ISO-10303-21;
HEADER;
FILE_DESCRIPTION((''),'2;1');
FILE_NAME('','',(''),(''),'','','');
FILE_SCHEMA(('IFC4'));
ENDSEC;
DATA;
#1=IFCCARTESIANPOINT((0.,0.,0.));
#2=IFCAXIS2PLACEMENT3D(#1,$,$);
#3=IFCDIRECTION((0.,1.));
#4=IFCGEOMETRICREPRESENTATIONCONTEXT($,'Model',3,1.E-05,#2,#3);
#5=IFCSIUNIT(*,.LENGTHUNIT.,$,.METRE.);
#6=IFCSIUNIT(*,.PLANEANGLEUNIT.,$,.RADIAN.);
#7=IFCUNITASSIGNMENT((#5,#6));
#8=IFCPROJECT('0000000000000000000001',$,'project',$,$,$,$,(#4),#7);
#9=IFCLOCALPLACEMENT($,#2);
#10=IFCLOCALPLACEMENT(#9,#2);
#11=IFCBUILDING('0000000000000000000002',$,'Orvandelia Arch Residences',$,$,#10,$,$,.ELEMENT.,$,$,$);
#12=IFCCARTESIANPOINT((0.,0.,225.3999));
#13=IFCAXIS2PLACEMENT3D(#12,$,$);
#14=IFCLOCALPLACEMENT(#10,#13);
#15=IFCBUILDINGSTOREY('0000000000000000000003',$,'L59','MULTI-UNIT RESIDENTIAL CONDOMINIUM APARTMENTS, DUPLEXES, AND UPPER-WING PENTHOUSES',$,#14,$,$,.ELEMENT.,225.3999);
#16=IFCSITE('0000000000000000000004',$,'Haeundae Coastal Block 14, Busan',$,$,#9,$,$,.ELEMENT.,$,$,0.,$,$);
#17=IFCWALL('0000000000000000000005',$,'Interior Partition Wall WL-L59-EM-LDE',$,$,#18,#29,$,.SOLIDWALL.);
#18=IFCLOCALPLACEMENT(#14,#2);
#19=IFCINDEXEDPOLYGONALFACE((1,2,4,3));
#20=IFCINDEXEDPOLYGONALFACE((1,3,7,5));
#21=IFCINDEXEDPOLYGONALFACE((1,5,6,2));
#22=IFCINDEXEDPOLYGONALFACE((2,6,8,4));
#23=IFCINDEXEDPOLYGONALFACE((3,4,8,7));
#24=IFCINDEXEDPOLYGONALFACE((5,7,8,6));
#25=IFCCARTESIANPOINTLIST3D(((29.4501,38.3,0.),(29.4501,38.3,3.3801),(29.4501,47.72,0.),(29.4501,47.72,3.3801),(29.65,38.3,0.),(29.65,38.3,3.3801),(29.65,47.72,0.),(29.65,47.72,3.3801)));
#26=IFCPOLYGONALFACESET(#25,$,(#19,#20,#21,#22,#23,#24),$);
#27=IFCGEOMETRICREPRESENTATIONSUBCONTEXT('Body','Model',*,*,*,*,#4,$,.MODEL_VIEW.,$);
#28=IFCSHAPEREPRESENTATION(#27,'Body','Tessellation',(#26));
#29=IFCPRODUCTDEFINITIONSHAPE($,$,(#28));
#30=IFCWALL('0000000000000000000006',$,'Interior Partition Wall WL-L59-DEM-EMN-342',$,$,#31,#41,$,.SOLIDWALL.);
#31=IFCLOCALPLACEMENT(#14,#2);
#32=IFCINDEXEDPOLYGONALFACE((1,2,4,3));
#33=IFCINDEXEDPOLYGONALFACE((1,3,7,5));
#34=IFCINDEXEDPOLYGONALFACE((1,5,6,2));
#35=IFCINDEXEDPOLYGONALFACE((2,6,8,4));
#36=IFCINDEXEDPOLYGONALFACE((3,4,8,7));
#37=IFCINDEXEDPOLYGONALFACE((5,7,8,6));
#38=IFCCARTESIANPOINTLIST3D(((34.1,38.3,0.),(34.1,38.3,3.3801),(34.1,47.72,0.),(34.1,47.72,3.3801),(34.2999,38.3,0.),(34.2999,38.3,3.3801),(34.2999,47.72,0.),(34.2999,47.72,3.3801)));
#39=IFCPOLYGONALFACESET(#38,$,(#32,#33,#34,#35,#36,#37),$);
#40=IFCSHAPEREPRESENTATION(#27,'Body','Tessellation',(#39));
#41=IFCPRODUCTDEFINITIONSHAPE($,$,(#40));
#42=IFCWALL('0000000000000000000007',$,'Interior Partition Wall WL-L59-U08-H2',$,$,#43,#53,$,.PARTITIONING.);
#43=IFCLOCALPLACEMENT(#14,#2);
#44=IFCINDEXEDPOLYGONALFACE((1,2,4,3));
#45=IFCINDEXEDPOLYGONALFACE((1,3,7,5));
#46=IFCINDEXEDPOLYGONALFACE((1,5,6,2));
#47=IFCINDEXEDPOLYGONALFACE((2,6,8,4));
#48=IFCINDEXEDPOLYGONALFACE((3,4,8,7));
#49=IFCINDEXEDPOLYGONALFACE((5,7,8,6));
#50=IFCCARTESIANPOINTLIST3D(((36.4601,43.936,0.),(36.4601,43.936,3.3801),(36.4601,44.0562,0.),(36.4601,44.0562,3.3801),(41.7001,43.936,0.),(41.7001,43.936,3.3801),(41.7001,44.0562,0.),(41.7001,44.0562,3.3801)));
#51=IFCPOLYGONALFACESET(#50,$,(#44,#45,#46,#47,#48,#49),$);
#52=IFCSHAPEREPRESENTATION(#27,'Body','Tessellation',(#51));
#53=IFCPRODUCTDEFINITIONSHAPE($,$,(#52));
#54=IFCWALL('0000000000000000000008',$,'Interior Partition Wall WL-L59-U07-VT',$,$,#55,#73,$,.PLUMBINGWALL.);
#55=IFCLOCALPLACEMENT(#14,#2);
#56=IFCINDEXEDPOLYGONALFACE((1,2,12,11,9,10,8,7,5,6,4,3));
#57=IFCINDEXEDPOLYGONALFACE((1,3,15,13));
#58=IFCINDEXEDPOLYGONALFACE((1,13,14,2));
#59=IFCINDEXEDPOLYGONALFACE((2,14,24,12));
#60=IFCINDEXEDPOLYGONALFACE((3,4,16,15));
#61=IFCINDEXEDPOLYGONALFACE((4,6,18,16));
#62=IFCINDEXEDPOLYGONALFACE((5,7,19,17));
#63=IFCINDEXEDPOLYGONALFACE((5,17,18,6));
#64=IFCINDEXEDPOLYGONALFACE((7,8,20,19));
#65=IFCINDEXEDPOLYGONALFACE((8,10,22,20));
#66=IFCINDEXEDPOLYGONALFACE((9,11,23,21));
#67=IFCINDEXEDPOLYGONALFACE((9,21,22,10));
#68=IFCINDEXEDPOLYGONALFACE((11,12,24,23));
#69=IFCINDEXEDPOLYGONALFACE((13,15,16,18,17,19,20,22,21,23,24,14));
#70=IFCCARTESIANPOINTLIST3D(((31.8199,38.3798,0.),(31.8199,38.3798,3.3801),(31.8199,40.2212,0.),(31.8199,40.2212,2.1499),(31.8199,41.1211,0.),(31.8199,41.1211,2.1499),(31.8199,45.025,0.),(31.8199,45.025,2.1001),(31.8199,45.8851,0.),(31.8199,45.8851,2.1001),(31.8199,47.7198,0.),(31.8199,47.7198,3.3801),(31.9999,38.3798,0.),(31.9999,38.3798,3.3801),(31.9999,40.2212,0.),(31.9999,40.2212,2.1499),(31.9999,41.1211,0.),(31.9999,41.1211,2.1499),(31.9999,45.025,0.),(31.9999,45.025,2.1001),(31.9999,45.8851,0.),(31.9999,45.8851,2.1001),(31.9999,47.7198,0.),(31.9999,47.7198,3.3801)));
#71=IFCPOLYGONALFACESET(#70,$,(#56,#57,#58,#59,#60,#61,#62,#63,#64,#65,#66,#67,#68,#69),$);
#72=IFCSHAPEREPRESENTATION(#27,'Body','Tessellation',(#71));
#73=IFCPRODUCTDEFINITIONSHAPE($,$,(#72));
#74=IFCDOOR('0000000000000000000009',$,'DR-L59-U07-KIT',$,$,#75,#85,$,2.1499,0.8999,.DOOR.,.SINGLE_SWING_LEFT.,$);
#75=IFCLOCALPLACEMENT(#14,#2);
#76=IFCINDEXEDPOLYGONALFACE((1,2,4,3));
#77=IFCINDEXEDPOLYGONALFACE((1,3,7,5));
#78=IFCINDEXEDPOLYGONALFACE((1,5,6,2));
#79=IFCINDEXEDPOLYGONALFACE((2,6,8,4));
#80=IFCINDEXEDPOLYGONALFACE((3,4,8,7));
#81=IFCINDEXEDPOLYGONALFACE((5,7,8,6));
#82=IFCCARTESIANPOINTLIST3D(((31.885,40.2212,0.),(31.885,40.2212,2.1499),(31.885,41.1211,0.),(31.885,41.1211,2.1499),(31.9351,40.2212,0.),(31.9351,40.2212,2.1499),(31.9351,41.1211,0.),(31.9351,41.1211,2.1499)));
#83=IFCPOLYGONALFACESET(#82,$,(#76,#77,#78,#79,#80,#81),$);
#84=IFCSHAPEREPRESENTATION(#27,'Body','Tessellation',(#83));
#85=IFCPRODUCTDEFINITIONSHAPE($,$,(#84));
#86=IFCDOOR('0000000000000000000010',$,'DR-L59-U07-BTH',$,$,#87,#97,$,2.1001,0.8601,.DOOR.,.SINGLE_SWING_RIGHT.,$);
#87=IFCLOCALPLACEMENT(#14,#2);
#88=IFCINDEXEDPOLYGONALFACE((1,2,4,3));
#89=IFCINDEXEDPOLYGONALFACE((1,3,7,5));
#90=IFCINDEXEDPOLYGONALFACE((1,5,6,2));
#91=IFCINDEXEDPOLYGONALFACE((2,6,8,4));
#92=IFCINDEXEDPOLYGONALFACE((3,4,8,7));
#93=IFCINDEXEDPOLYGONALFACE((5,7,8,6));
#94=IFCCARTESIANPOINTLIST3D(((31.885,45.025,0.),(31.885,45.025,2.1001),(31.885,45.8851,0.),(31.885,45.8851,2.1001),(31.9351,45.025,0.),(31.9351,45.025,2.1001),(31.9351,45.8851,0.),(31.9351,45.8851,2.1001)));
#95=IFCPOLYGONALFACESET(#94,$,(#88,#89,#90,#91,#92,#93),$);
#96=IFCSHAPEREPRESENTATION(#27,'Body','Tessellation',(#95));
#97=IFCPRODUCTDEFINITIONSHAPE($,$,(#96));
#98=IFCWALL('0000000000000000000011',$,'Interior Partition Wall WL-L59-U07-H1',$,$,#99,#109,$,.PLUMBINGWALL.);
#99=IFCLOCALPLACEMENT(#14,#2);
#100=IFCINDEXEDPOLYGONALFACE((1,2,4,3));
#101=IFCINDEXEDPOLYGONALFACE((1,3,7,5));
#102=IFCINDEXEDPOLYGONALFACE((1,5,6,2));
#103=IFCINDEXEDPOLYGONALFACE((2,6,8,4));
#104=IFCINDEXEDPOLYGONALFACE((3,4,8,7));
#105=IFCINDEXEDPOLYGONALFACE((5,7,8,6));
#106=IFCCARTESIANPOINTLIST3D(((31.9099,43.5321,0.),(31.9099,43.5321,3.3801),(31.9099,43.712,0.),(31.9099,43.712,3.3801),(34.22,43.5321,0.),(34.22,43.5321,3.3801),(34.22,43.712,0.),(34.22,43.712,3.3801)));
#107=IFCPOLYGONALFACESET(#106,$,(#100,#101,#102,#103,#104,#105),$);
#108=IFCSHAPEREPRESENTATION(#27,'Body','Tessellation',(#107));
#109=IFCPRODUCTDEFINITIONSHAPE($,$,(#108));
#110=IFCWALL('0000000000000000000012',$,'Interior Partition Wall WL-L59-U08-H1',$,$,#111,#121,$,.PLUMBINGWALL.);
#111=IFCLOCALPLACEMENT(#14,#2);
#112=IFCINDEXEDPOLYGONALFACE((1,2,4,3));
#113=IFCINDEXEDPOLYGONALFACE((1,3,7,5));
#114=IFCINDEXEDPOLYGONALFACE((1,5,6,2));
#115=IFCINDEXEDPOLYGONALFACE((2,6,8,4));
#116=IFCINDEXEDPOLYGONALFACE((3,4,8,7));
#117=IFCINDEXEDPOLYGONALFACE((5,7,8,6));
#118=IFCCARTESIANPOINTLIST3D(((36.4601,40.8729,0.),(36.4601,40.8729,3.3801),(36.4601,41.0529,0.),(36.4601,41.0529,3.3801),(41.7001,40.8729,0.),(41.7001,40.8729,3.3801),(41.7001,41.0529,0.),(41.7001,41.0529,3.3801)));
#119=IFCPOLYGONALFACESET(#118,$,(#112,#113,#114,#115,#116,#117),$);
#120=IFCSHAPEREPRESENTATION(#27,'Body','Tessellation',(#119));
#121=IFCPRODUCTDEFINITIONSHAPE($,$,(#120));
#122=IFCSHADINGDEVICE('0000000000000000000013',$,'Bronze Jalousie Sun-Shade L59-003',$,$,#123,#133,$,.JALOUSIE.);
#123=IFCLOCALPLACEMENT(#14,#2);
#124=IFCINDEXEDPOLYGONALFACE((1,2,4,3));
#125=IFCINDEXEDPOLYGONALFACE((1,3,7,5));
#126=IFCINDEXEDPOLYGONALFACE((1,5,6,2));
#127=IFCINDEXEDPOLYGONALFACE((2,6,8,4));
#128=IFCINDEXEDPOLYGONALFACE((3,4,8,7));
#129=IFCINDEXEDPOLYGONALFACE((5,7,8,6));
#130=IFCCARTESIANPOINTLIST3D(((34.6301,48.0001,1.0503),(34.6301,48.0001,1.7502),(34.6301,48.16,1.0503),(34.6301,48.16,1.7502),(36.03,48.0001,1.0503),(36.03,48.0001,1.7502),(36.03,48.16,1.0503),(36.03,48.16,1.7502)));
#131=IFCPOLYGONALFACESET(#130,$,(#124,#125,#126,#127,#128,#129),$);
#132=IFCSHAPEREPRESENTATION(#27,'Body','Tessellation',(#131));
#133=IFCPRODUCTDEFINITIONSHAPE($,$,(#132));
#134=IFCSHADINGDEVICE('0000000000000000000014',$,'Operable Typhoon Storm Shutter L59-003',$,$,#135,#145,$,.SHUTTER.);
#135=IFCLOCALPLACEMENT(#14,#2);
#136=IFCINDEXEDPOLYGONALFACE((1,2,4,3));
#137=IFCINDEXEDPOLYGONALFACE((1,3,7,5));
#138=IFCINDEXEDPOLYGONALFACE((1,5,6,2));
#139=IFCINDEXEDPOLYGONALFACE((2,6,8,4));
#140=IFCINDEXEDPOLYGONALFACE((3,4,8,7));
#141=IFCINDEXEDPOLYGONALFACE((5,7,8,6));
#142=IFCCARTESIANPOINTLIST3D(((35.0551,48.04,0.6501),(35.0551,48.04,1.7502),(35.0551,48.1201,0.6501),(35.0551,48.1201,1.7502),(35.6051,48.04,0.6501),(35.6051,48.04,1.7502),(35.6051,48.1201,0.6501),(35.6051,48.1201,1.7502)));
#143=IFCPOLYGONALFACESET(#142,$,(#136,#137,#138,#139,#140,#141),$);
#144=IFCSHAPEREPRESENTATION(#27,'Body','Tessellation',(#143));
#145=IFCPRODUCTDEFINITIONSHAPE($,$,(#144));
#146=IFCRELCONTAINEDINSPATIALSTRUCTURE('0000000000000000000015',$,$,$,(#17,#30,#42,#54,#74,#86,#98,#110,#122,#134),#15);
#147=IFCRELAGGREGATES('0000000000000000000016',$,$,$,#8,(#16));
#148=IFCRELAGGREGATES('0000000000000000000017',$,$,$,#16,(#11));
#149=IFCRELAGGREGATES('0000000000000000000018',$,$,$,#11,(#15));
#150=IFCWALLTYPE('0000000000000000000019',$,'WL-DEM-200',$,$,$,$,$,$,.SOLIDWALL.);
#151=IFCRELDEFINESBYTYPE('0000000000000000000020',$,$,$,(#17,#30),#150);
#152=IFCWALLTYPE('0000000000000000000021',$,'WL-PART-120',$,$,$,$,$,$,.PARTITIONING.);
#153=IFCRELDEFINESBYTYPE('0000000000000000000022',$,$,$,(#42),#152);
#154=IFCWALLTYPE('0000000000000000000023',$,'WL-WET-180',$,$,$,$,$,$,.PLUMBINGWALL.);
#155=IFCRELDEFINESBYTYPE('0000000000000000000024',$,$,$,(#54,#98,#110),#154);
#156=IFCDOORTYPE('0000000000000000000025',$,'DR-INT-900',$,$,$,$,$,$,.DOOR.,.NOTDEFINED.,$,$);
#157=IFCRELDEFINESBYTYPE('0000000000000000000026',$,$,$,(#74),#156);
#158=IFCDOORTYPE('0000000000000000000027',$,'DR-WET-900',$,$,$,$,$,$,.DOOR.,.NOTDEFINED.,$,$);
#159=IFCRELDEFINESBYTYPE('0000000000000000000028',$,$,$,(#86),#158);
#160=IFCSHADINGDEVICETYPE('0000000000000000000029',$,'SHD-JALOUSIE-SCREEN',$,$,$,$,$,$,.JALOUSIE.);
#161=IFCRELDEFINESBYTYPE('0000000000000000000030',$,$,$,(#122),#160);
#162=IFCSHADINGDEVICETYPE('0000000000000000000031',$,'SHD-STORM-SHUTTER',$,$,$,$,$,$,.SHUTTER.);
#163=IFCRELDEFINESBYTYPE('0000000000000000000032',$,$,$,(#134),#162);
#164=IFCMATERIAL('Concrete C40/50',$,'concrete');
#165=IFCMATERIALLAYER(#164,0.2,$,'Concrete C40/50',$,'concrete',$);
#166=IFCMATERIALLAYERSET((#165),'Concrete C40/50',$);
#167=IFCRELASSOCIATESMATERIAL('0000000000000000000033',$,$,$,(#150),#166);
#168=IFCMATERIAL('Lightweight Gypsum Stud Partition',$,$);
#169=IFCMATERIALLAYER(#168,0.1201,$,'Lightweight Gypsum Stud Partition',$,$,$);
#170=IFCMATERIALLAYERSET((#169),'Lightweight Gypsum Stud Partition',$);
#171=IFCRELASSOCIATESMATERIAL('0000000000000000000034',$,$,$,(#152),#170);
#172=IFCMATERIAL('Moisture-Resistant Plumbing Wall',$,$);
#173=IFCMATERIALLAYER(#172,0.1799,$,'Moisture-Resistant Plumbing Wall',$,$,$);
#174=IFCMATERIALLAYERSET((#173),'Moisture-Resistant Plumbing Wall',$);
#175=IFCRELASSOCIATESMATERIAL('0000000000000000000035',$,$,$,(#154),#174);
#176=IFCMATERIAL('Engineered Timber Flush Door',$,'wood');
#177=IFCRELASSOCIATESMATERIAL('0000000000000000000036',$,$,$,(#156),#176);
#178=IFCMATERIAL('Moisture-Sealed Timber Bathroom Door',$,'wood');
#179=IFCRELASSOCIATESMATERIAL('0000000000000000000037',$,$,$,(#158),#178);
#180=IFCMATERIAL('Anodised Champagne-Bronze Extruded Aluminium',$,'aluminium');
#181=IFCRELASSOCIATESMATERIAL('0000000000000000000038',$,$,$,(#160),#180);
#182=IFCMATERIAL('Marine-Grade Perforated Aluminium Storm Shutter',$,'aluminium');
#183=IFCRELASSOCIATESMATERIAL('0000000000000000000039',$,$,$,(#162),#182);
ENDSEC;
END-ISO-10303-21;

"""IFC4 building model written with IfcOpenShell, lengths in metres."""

from ifc_helpers import new_model, si_unit, direction, frame, frame_2d, origin, origin_2d, place, context, subcontext, project, spatial, rectangle, extrude, material, layer, layer_set, type_object, element, fill, save


model = new_model("IFC4")

# Units and contexts
model_context = context("Model", 3, precision=1e-05, world=origin(), true_north=direction((0.0, 1.0)))
body_context = subcontext(model_context, "Body", "Model", "MODEL_VIEW")
ifc_project = project(units=[si_unit("LENGTHUNIT", "METRE"), si_unit("PLANEANGLEUNIT", "RADIAN")], contexts=[model_context])

# Site, building, storey
site_placement = place(None, origin())
site = spatial("IfcSite", under=ifc_project, at=site_placement, Name="Haeundae Coastal Block 14, Busan", CompositionType="ELEMENT", RefElevation=0.0)
building_placement = place(site_placement, origin())
building = spatial("IfcBuilding", under=site, at=building_placement, Name="Orvandelia Arch Residences", CompositionType="ELEMENT")
storey_placement = place(building_placement, frame((0.0, 0.0, 225.3999)))
storey = spatial("IfcBuildingStorey", under=building, at=storey_placement, Name="L59", Description="MULTI-UNIT RESIDENTIAL CONDOMINIUM APARTMENTS, DUPLEXES, AND UPPER-WING PENTHOUSES", CompositionType="ELEMENT", Elevation=225.3999)

# Walls
ifc_material_1 = material(Name="Concrete C40/50", Category="concrete")
ifc_layer_1 = layer(ifc_material_1, 0.2, Name="Concrete C40/50", Category="concrete")
ifc_layer_set_1 = layer_set([ifc_layer_1], Name="Concrete C40/50")
wall_type_1 = type_object("IfcWallType", Name="WL-DEM-200", PredefinedType="SOLIDWALL", material=ifc_layer_set_1)
for number, where, z_axis, x_axis, name in (
    (1, (29.55, 38.3, 0.0), (0.0, 0.0, 1.0), (0.0, 1.0, 0.0), "Interior Partition Wall WL-L59-EM-LDE"),
    (2, (34.2, 38.3, 0.0), (0.0, 0.0, 1.0), (0.0, 1.0, 0.0), "Interior Partition Wall WL-L59-DEM-EMN-342"),
):
    element("IfcWall", number, at=place(storey_placement, frame(where, z_axis=z_axis, x_axis=x_axis)), inside=storey, type_object=wall_type_1, Name=name, PredefinedType="SOLIDWALL", context=body_context, shape_type="SweptSolid", body=[
        extrude(rectangle(XDim=9.4199, YDim=0.2, at=frame_2d((4.71, 0.0))), origin(), (0.0, 0.0, 1.0), 3.3801),
    ])
ifc_material_2 = material(Name="Lightweight Gypsum Stud Partition")
ifc_layer_2 = layer(ifc_material_2, 0.1201, Name="Lightweight Gypsum Stud Partition")
ifc_layer_set_2 = layer_set([ifc_layer_2], Name="Lightweight Gypsum Stud Partition")
wall_type_2 = type_object("IfcWallType", Name="WL-PART-120", PredefinedType="PARTITIONING", material=ifc_layer_set_2)
wall_1_placement = place(storey_placement, frame((36.46, 43.9961, 0.0), z_axis=(0.0, 0.0, 1.0), x_axis=(1.0, 0.0, 0.0)))
element("IfcWall", 3, at=wall_1_placement, inside=storey, type_object=wall_type_2, Name="Interior Partition Wall WL-L59-U08-H2", PredefinedType="PARTITIONING", context=body_context, shape_type="SweptSolid", body=[
    extrude(rectangle(XDim=5.24, YDim=0.1201, at=frame_2d((2.6201, 0.0))), origin(), (0.0, 0.0, 1.0), 3.3801),
])

# Wall, openings, doors
ifc_material_3 = material(Name="Moisture-Resistant Plumbing Wall")
ifc_layer_3 = layer(ifc_material_3, 0.1799, Name="Moisture-Resistant Plumbing Wall")
ifc_layer_set_3 = layer_set([ifc_layer_3], Name="Moisture-Resistant Plumbing Wall")
wall_type_3 = type_object("IfcWallType", Name="WL-WET-180", PredefinedType="PLUMBINGWALL", material=ifc_layer_set_3)
wall_2_placement = place(storey_placement, frame((31.9099, 38.3799, 0.0), z_axis=(0.0, 0.0, 1.0), x_axis=(0.0, 1.0, 0.0)))
wall_2 = element("IfcWall", 4, at=wall_2_placement, inside=storey, type_object=wall_type_3, Name="Interior Partition Wall WL-L59-U07-VT", PredefinedType="PLUMBINGWALL", context=body_context, shape_type="SweptSolid", body=[
    extrude(rectangle(XDim=9.3401, YDim=0.1799, at=frame_2d((4.6699, 0.0))), origin(), (0.0, 0.0, 1.0), 3.3801),
])
opening_1_placement = place(wall_2_placement, frame((1.8413, 0.0, 0.0)))
opening_1 = element("IfcOpeningElement", 5, at=opening_1_placement, cuts=wall_2, PredefinedType="OPENING", context=body_context, shape_type="SweptSolid", body=[
    extrude(rectangle(XDim=0.8999, YDim=2.1499, at=frame_2d((0.45, 1.075))), frame((0.0, 0.1001, 0.0), z_axis=(0.0, -1.0, 0.0), x_axis=(1.0, 0.0, 0.0)), (0.0, 0.0, 1.0), 0.2),
])
opening_2_placement = place(wall_2_placement, frame((6.645, 0.0, 0.0)))
opening_2 = element("IfcOpeningElement", 6, at=opening_2_placement, cuts=wall_2, PredefinedType="OPENING", context=body_context, shape_type="SweptSolid", body=[
    extrude(rectangle(XDim=0.8601, YDim=2.1001, at=frame_2d((0.4302, 1.05))), frame((0.0, 0.1001, 0.0), z_axis=(0.0, -1.0, 0.0), x_axis=(1.0, 0.0, 0.0)), (0.0, 0.0, 1.0), 0.2),
])
ifc_material_4 = material(Name="Engineered Timber Flush Door", Category="wood")
door_type_1 = type_object("IfcDoorType", Name="DR-INT-900", OperationType="NOTDEFINED", PredefinedType="DOOR", material=ifc_material_4)
door_1_placement = place(opening_1_placement, origin())
door_1 = element("IfcDoor", 7, at=door_1_placement, inside=storey, type_object=door_type_1, Name="DR-L59-U07-KIT", OperationType="SINGLE_SWING_LEFT", OverallHeight=2.1499, OverallWidth=0.8999, PredefinedType="DOOR", context=body_context, shape_type="SweptSolid", body=[
    extrude(rectangle(XDim=0.8999, YDim=2.1499, at=frame_2d((0.45, 1.075))), frame((0.0, 0.0249, 0.0), z_axis=(0.0, -1.0, 0.0), x_axis=(1.0, 0.0, 0.0)), (0.0, 0.0, 1.0), 0.05),
])
fill(opening_1, door_1)
ifc_material_5 = material(Name="Moisture-Sealed Timber Bathroom Door", Category="wood")
door_type_2 = type_object("IfcDoorType", Name="DR-WET-900", OperationType="NOTDEFINED", PredefinedType="DOOR", material=ifc_material_5)
door_2_placement = place(opening_2_placement, origin())
door_2 = element("IfcDoor", 8, at=door_2_placement, inside=storey, type_object=door_type_2, Name="DR-L59-U07-BTH", OperationType="SINGLE_SWING_RIGHT", OverallHeight=2.1001, OverallWidth=0.8601, PredefinedType="DOOR", context=body_context, shape_type="SweptSolid", body=[
    extrude(rectangle(XDim=0.8601, YDim=2.1001, at=frame_2d((0.4302, 1.05))), frame((0.0, 0.0249, 0.0), z_axis=(0.0, -1.0, 0.0), x_axis=(1.0, 0.0, 0.0)), (0.0, 0.0, 1.0), 0.05),
])
fill(opening_2, door_2)

# Wall
wall_3_placement = place(storey_placement, frame((31.9099, 43.6221, 0.0), z_axis=(0.0, 0.0, 1.0), x_axis=(1.0, 0.0, 0.0)))
element("IfcWall", 9, at=wall_3_placement, inside=storey, type_object=wall_type_3, Name="Interior Partition Wall WL-L59-U07-H1", PredefinedType="PLUMBINGWALL", context=body_context, shape_type="SweptSolid", body=[
    extrude(rectangle(XDim=2.3101, YDim=0.1799, at=frame_2d((1.155, 0.0))), origin(), (0.0, 0.0, 1.0), 3.3801),
])

# Wall
wall_4_placement = place(storey_placement, frame((36.46, 40.9629, 0.0), z_axis=(0.0, 0.0, 1.0), x_axis=(1.0, 0.0, 0.0)))
element("IfcWall", 10, at=wall_4_placement, inside=storey, type_object=wall_type_3, Name="Interior Partition Wall WL-L59-U08-H1", PredefinedType="PLUMBINGWALL", context=body_context, shape_type="SweptSolid", body=[
    extrude(rectangle(XDim=5.24, YDim=0.1799, at=frame_2d((2.6201, 0.0))), origin(), (0.0, 0.0, 1.0), 3.3801),
])

# Shading devices
ifc_material_6 = material(Name="Anodised Champagne-Bronze Extruded Aluminium", Category="aluminium")
shading_device_type_1 = type_object("IfcShadingDeviceType", Name="SHD-JALOUSIE-SCREEN", PredefinedType="JALOUSIE", material=ifc_material_6)
shading_device_1_placement = place(storey_placement, frame((35.3301, 48.0801, 1.0503), z_axis=(0.0, 0.0, 1.0), x_axis=(1.0, 0.0, 0.0)))
element("IfcShadingDevice", 11, at=shading_device_1_placement, inside=storey, type_object=shading_device_type_1, Name="Bronze Jalousie Sun-Shade L59-003", PredefinedType="JALOUSIE", context=body_context, shape_type="SweptSolid", body=[
    extrude(rectangle(XDim=1.3999, YDim=0.1599, at=origin_2d()), origin(), (0.0, 0.0, 1.0), 0.7),
])
ifc_material_7 = material(Name="Marine-Grade Perforated Aluminium Storm Shutter", Category="aluminium")
shading_device_type_2 = type_object("IfcShadingDeviceType", Name="SHD-STORM-SHUTTER", PredefinedType="SHUTTER", material=ifc_material_7)
shading_device_2_placement = place(storey_placement, frame((35.3301, 48.0801, 0.6501), z_axis=(0.0, 0.0, 1.0), x_axis=(1.0, 0.0, 0.0)))
element("IfcShadingDevice", 12, at=shading_device_2_placement, inside=storey, type_object=shading_device_type_2, Name="Operable Typhoon Storm Shutter L59-003", PredefinedType="SHUTTER", context=body_context, shape_type="SweptSolid", body=[
    extrude(rectangle(XDim=0.55, YDim=0.0801, at=origin_2d()), origin(), (0.0, 0.0, 1.0), 1.1001),
])

save(model, "model.ifc")
